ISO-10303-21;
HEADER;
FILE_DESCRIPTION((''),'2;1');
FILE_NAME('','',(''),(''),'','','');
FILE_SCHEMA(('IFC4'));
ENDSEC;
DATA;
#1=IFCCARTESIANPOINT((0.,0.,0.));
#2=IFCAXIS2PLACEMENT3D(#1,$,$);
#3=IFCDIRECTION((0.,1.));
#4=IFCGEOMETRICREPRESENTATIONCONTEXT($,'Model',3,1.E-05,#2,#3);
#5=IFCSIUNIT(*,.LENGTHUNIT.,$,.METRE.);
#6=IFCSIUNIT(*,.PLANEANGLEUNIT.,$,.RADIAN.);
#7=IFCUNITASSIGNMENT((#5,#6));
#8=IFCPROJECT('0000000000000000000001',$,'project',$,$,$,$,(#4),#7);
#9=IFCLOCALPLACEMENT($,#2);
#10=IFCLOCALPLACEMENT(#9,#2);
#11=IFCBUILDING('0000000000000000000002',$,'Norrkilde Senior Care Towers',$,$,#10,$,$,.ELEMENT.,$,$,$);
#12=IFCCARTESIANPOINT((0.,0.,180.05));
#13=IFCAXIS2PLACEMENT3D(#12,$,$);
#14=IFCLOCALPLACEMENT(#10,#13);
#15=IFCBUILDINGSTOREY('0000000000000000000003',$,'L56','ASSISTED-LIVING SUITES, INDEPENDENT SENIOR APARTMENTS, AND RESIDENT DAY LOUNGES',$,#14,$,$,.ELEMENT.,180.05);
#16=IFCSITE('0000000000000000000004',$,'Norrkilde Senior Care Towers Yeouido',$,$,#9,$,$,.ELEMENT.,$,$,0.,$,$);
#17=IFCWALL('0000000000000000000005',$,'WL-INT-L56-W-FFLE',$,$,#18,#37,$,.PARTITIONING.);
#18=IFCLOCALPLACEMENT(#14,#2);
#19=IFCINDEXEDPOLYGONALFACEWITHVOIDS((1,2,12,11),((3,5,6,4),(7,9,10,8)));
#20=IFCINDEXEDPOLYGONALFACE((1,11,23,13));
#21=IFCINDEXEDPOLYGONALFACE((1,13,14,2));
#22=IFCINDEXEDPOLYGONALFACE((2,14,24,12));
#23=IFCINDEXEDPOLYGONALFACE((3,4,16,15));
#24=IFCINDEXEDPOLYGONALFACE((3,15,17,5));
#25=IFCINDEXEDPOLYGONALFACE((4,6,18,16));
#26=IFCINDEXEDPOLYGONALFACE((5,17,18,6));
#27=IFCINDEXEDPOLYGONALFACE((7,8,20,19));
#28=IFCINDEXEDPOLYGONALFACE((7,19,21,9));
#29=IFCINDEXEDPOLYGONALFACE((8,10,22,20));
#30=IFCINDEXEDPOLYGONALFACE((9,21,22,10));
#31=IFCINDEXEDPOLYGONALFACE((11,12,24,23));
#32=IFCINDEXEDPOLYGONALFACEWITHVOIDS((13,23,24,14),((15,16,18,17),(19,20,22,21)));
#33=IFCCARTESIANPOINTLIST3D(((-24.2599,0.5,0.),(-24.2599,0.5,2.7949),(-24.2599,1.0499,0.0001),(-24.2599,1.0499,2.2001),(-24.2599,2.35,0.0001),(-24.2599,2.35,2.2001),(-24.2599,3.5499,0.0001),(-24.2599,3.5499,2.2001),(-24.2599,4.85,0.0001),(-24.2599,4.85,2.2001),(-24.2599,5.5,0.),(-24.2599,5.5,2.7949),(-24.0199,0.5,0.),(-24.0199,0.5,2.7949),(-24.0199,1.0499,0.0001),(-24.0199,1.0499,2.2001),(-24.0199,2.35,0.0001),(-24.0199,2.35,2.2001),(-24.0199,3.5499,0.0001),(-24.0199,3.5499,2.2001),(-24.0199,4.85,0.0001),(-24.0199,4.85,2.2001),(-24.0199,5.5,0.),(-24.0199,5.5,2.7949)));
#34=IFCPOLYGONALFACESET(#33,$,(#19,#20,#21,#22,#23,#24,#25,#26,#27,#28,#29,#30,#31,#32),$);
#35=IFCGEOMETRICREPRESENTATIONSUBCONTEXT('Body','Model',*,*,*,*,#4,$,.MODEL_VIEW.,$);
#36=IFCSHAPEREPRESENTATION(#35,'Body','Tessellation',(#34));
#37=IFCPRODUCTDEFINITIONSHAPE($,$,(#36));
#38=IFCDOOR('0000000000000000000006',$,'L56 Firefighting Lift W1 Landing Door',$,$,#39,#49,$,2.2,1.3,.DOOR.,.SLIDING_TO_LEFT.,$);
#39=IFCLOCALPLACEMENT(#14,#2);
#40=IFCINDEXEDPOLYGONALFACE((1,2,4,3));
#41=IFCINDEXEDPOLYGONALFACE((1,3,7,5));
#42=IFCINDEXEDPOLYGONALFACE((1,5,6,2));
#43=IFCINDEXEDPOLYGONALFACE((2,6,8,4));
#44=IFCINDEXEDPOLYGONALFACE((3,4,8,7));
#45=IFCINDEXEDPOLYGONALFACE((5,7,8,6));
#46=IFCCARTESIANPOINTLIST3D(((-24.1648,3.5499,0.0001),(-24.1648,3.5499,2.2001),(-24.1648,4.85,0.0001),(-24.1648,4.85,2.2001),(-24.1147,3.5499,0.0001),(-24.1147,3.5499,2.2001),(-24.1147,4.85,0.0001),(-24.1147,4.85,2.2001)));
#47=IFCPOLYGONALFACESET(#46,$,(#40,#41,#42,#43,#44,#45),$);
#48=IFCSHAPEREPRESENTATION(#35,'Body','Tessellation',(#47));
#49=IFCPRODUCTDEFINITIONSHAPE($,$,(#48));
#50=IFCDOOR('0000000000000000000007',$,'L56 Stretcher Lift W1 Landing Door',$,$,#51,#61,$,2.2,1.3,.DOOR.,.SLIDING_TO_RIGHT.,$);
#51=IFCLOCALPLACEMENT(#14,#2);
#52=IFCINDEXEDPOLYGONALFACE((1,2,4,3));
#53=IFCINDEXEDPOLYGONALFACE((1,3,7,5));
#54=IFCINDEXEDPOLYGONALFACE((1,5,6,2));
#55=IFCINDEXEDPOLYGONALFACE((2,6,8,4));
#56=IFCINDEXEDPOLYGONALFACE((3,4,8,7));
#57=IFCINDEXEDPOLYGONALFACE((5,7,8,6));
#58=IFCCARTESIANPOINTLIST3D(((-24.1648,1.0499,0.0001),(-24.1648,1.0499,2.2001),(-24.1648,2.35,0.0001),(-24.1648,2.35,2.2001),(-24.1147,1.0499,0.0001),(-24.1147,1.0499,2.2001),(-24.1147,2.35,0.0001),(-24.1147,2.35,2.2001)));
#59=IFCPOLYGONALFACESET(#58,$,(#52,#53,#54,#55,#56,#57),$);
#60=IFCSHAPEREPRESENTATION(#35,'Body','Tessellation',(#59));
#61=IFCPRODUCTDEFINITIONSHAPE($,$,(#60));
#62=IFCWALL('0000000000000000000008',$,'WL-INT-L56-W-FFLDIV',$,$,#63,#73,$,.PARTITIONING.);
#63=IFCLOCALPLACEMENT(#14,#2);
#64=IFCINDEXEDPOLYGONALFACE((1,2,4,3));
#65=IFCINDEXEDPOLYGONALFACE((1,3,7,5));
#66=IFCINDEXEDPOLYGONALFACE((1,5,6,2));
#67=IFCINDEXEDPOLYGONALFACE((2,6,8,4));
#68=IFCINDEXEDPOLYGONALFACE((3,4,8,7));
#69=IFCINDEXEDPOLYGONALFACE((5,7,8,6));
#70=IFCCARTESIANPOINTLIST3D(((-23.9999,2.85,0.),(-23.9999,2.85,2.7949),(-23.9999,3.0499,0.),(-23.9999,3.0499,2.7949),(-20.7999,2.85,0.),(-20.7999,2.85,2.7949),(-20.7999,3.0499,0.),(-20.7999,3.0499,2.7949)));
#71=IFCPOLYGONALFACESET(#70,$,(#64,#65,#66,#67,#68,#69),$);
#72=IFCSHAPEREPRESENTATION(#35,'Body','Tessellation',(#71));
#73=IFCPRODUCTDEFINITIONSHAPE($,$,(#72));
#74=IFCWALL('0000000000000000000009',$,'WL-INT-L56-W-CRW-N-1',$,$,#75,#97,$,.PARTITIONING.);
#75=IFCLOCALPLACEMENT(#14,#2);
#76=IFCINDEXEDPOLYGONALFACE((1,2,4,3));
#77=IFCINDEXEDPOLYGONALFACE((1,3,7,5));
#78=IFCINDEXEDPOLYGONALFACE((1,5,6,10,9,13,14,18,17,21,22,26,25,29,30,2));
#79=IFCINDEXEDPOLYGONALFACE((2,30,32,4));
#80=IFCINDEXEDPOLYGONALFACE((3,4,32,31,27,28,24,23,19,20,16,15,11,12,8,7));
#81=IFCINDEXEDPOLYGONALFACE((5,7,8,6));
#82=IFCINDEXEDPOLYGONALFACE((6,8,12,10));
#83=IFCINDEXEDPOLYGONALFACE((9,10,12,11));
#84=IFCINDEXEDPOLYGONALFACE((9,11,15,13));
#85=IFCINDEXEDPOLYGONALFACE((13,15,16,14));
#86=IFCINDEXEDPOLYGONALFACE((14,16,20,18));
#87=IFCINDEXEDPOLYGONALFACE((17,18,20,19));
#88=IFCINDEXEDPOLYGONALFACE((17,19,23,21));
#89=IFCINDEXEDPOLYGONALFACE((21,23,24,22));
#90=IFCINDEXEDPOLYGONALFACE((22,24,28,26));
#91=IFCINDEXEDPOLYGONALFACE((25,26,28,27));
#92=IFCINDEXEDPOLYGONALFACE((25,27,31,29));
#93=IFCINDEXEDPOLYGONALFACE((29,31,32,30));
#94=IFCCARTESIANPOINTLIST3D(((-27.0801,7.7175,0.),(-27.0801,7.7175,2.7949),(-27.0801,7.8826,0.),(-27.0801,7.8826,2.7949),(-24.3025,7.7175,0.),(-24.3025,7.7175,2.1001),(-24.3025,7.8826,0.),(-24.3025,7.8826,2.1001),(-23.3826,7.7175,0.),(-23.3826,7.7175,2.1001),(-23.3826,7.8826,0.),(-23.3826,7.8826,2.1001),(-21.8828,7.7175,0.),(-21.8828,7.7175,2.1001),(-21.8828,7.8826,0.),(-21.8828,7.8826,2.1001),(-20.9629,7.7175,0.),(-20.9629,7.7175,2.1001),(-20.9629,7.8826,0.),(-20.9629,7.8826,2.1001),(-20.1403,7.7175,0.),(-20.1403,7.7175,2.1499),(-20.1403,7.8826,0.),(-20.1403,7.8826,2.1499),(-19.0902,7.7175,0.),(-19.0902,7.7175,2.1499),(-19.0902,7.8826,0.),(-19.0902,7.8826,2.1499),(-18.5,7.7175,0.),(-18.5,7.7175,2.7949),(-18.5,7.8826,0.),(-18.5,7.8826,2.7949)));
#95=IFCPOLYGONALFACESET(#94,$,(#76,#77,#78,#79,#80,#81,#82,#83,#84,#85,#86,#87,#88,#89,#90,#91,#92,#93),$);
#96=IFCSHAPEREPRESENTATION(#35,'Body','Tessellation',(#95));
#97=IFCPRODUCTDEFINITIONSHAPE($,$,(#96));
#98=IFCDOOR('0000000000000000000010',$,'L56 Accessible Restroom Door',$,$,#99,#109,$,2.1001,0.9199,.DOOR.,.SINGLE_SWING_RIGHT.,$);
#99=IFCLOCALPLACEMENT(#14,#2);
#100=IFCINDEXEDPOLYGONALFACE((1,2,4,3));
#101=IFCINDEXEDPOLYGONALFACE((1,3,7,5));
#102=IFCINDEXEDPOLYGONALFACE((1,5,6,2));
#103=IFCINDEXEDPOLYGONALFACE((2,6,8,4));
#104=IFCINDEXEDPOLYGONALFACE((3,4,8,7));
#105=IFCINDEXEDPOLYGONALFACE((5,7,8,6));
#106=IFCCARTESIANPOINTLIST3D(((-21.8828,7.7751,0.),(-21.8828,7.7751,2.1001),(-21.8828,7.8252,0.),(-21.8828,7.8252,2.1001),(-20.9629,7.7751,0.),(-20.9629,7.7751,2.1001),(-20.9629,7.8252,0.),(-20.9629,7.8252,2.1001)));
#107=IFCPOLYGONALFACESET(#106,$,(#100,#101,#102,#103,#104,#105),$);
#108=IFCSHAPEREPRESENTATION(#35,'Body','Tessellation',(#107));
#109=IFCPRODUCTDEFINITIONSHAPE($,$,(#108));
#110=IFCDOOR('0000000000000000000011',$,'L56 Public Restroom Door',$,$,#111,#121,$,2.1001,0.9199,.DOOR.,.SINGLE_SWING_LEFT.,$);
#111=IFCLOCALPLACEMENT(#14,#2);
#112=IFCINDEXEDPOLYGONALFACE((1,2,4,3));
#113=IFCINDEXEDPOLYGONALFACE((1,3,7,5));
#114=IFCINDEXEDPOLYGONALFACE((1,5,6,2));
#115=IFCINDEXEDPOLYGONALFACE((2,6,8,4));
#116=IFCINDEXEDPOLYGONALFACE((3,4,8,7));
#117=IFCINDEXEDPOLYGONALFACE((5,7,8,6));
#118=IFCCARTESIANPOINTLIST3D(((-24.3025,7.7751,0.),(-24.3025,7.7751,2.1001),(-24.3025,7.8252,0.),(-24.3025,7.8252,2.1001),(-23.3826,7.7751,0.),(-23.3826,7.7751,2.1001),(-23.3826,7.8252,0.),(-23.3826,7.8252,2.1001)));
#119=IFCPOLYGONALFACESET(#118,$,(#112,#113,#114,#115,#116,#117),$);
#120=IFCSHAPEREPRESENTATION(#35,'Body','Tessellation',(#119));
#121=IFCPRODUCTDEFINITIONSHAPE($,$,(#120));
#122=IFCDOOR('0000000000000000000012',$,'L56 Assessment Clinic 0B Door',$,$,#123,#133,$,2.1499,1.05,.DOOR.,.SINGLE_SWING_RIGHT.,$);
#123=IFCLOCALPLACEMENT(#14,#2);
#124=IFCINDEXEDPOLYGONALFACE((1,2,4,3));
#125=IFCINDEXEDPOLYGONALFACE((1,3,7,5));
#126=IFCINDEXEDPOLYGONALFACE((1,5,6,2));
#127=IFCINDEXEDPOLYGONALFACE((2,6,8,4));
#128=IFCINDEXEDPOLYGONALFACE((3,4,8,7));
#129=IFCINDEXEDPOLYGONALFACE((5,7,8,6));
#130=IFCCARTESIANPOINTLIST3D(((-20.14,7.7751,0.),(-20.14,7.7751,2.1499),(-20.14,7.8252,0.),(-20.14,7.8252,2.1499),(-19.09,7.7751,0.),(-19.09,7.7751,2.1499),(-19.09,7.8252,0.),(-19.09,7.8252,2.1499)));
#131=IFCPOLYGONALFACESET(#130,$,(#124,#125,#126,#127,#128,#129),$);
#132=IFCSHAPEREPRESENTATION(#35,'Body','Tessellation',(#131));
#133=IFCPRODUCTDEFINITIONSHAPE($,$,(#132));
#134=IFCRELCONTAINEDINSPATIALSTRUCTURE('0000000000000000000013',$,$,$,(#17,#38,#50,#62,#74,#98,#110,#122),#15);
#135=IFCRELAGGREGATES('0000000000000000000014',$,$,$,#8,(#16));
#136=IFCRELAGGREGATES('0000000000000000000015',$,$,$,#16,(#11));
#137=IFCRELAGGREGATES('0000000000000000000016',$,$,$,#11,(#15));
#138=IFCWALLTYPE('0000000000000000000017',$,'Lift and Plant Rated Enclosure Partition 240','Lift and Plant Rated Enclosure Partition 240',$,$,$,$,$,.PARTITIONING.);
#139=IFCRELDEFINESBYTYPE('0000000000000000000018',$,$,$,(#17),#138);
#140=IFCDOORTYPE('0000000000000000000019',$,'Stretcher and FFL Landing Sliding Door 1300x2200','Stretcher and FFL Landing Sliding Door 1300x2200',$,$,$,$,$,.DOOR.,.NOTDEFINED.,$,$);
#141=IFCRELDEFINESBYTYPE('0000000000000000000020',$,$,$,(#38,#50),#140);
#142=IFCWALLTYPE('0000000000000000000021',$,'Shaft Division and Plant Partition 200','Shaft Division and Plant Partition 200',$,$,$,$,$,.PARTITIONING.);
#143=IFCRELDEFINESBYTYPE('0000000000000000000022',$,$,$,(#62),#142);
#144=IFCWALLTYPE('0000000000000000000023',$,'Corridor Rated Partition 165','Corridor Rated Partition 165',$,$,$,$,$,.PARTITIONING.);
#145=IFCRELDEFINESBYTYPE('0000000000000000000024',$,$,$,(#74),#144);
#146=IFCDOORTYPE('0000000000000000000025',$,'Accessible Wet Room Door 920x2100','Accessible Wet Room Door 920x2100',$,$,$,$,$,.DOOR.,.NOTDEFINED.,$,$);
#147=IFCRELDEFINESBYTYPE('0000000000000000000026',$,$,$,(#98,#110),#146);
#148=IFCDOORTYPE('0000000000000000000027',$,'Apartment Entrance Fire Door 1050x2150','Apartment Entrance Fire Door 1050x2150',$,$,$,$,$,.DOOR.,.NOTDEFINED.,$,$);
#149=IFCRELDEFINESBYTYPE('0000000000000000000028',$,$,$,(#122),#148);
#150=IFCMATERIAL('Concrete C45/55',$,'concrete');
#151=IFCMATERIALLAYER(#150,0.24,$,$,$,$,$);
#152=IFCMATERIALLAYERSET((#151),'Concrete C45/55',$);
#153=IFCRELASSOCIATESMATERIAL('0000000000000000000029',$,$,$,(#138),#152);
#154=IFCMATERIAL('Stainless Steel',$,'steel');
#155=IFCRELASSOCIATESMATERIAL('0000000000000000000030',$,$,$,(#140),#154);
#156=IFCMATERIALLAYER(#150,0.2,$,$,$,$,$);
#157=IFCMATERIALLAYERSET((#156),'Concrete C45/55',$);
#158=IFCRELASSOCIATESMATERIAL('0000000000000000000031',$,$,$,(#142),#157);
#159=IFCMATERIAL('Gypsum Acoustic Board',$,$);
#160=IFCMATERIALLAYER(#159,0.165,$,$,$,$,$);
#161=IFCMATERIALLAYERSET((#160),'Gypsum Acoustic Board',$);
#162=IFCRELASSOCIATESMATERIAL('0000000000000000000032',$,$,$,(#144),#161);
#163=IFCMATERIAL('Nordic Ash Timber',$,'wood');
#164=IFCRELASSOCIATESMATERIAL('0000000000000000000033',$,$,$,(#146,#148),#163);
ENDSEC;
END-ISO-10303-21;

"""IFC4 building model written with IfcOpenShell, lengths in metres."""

from ifc_helpers import new_model, si_unit, direction, frame, frame_2d, origin, place, context, subcontext, project, spatial, rectangle, extrude, source, transform, mapped, material, layer, layer_set, type_object, type_shapes, element, fill, save


model = new_model("IFC4")

# Units and contexts
model_context = context("Model", 3, precision=1e-05, world=origin(), true_north=direction((0.0, 1.0)))
body_context = subcontext(model_context, "Body", "Model", "MODEL_VIEW")
ifc_project = project(units=[si_unit("LENGTHUNIT", "METRE"), si_unit("PLANEANGLEUNIT", "RADIAN")], contexts=[model_context])

# Site, building, storey
site_placement = place(None, origin())
site = spatial("IfcSite", under=ifc_project, at=site_placement, Name="Norrkilde Senior Care Towers Yeouido", CompositionType="ELEMENT", RefElevation=0.0)
building_placement = place(site_placement, origin())
building = spatial("IfcBuilding", under=site, at=building_placement, Name="Norrkilde Senior Care Towers", CompositionType="ELEMENT")
storey_placement = place(building_placement, frame((0.0, 0.0, 180.05)))
storey = spatial("IfcBuildingStorey", under=building, at=storey_placement, Name="L56", Description="ASSISTED-LIVING SUITES, INDEPENDENT SENIOR APARTMENTS, AND RESIDENT DAY LOUNGES", CompositionType="ELEMENT", Elevation=180.05)

# Shared definitions
ifc_material_1 = material(Name="Concrete C45/55", Category="concrete")

# Wall, openings, doors
ifc_layer_1 = layer(ifc_material_1, 0.24)
ifc_layer_set_1 = layer_set([ifc_layer_1], Name="Concrete C45/55")
wall_type_1 = type_object("IfcWallType", Name="Lift and Plant Rated Enclosure Partition 240", Description="Lift and Plant Rated Enclosure Partition 240", PredefinedType="PARTITIONING", material=ifc_layer_set_1)
shared_shape_1 = source(origin(), body_context, "Body", "SweptSolid", [
    extrude(rectangle(XDim=5.0, YDim=0.24, at=frame_2d((2.5, 0.0))), origin(), (0.0, 0.0, 1.0), 2.7949),
])
type_shapes(wall_type_1, [shared_shape_1])
wall_1_placement = place(storey_placement, frame((-24.1399, 0.5, 0.0), z_axis=(0.0, 0.0, 1.0), x_axis=(0.0, 1.0, 0.0)))
wall_1 = element("IfcWall", 1, at=wall_1_placement, inside=storey, type_object=wall_type_1, Name="WL-INT-L56-W-FFLE", PredefinedType="PARTITIONING", context=body_context, shape_type="MappedRepresentation", body=[
    mapped(shared_shape_1, transform((0.0, 0.0, 0.0), x_axis=(1.0, 0.0, 0.0), y_axis=(0.0, 1.0, 0.0), z_axis=(0.0, 0.0, 1.0), scale=1.0)),
])
opening_1_placement = place(wall_1_placement, frame((3.05, 0.0, 0.0)))
opening_1 = element("IfcOpeningElement", 2, at=opening_1_placement, cuts=wall_1, PredefinedType="OPENING", context=body_context, shape_type="SweptSolid", body=[
    extrude(rectangle(XDim=1.3, YDim=2.2, at=frame_2d((0.6499, 1.1001))), frame((0.0, 0.1299, 0.0), z_axis=(0.0, -1.0, 0.0), x_axis=(1.0, 0.0, 0.0)), (0.0, 0.0, 1.0), 0.26),
])
opening_2_placement = place(wall_1_placement, frame((0.55, 0.0, 0.0)))
opening_2 = element("IfcOpeningElement", 3, at=opening_2_placement, cuts=wall_1, PredefinedType="OPENING", context=body_context, shape_type="SweptSolid", body=[
    extrude(rectangle(XDim=1.3, YDim=2.2, at=frame_2d((0.6499, 1.1001))), frame((0.0, 0.1299, 0.0), z_axis=(0.0, -1.0, 0.0), x_axis=(1.0, 0.0, 0.0)), (0.0, 0.0, 1.0), 0.26),
])
ifc_material_2 = material(Name="Stainless Steel", Category="steel")
door_type_1 = type_object("IfcDoorType", Name="Stretcher and FFL Landing Sliding Door 1300x2200", Description="Stretcher and FFL Landing Sliding Door 1300x2200", OperationType="NOTDEFINED", PredefinedType="DOOR", material=ifc_material_2)
shared_shape_2 = source(origin(), body_context, "Body", "SweptSolid", [
    extrude(rectangle(XDim=1.3, YDim=2.2, at=frame_2d((0.6499, 1.1001))), frame((0.0, 0.0249, 0.0), z_axis=(0.0, -1.0, 0.0), x_axis=(1.0, 0.0, 0.0)), (0.0, 0.0, 1.0), 0.05),
])
type_shapes(door_type_1, [shared_shape_2])
door_1_placement = place(opening_1_placement, origin())
door_1 = element("IfcDoor", 4, at=door_1_placement, inside=storey, type_object=door_type_1, Name="L56 Firefighting Lift W1 Landing Door", OperationType="SLIDING_TO_LEFT", OverallHeight=2.2, OverallWidth=1.3, PredefinedType="DOOR", context=body_context, shape_type="MappedRepresentation", body=[
    mapped(shared_shape_2, transform((0.0, 0.0, 0.0), x_axis=(1.0, 0.0, 0.0), y_axis=(0.0, 1.0, 0.0), z_axis=(0.0, 0.0, 1.0), scale=1.0)),
])
fill(opening_1, door_1)
door_2_placement = place(opening_2_placement, origin())
door_2 = element("IfcDoor", 5, at=door_2_placement, inside=storey, type_object=door_type_1, Name="L56 Stretcher Lift W1 Landing Door", OperationType="SLIDING_TO_RIGHT", OverallHeight=2.2, OverallWidth=1.3, PredefinedType="DOOR", context=body_context, shape_type="MappedRepresentation", body=[
    mapped(shared_shape_2, transform((0.0, 0.0, 0.0), x_axis=(1.0, 0.0, 0.0), y_axis=(0.0, 1.0, 0.0), z_axis=(0.0, 0.0, 1.0), scale=1.0)),
])
fill(opening_2, door_2)

# Wall
ifc_layer_2 = layer(ifc_material_1, 0.2)
ifc_layer_set_2 = layer_set([ifc_layer_2], Name="Concrete C45/55")
wall_type_2 = type_object("IfcWallType", Name="Shaft Division and Plant Partition 200", Description="Shaft Division and Plant Partition 200", PredefinedType="PARTITIONING", material=ifc_layer_set_2)
shared_shape_3 = source(origin(), body_context, "Body", "SweptSolid", [
    extrude(rectangle(XDim=3.2, YDim=0.2, at=frame_2d((1.6001, 0.0))), origin(), (0.0, 0.0, 1.0), 2.7949),
])
type_shapes(wall_type_2, [shared_shape_3])
wall_2_placement = place(storey_placement, frame((-24.0, 2.95, 0.0), z_axis=(0.0, 0.0, 1.0), x_axis=(1.0, 0.0, 0.0)))
element("IfcWall", 6, at=wall_2_placement, inside=storey, type_object=wall_type_2, Name="WL-INT-L56-W-FFLDIV", PredefinedType="PARTITIONING", context=body_context, shape_type="MappedRepresentation", body=[
    mapped(shared_shape_3, transform((0.0, 0.0, 0.0), x_axis=(1.0, 0.0, 0.0), y_axis=(0.0, 1.0, 0.0), z_axis=(0.0, 0.0, 1.0), scale=1.0)),
])

# Wall, openings, doors
ifc_material_3 = material(Name="Gypsum Acoustic Board")
ifc_layer_3 = layer(ifc_material_3, 0.165)
ifc_layer_set_3 = layer_set([ifc_layer_3], Name="Gypsum Acoustic Board")
wall_type_3 = type_object("IfcWallType", Name="Corridor Rated Partition 165", Description="Corridor Rated Partition 165", PredefinedType="PARTITIONING", material=ifc_layer_set_3)
shared_shape_4 = source(origin(), body_context, "Body", "SweptSolid", [
    extrude(rectangle(XDim=8.5801, YDim=0.165, at=frame_2d((4.29, 0.0))), origin(), (0.0, 0.0, 1.0), 2.7949),
])
wall_3_placement = place(storey_placement, frame((-27.0801, 7.8, 0.0), z_axis=(0.0, 0.0, 1.0), x_axis=(1.0, 0.0, 0.0)))
wall_3 = element("IfcWall", 7, at=wall_3_placement, inside=storey, type_object=wall_type_3, Name="WL-INT-L56-W-CRW-N-1", PredefinedType="PARTITIONING", context=body_context, shape_type="MappedRepresentation", body=[
    mapped(shared_shape_4, transform((0.0, 0.0, 0.0), x_axis=(1.0, 0.0, 0.0), y_axis=(0.0, 1.0, 0.0), z_axis=(0.0, 0.0, 1.0), scale=1.0)),
])
opening_3_placement = place(wall_3_placement, frame((6.9399, 0.0, 0.0)))
opening_3 = element("IfcOpeningElement", 8, at=opening_3_placement, cuts=wall_3, PredefinedType="OPENING", context=body_context, shape_type="SweptSolid", body=[
    extrude(rectangle(XDim=1.05, YDim=2.1499, at=frame_2d((0.5249, 1.075))), frame((0.0, 0.0925, 0.0), z_axis=(0.0, -1.0, 0.0), x_axis=(1.0, 0.0, 0.0)), (0.0, 0.0, 1.0), 0.1851),
])
opening_4_placement = place(wall_3_placement, frame((5.1973, 0.0, 0.0)))
opening_4 = element("IfcOpeningElement", 9, at=opening_4_placement, cuts=wall_3, PredefinedType="OPENING", context=body_context, shape_type="SweptSolid", body=[
    extrude(rectangle(XDim=0.9199, YDim=2.1001, at=frame_2d((0.46, 1.05))), frame((0.0, 0.0925, 0.0), z_axis=(0.0, -1.0, 0.0), x_axis=(1.0, 0.0, 0.0)), (0.0, 0.0, 1.0), 0.1851),
])
opening_5_placement = place(wall_3_placement, frame((2.7776, 0.0, 0.0)))
opening_5 = element("IfcOpeningElement", 10, at=opening_5_placement, cuts=wall_3, PredefinedType="OPENING", context=body_context, shape_type="SweptSolid", body=[
    extrude(rectangle(XDim=0.9199, YDim=2.1001, at=frame_2d((0.46, 1.05))), frame((0.0, 0.0925, 0.0), z_axis=(0.0, -1.0, 0.0), x_axis=(1.0, 0.0, 0.0)), (0.0, 0.0, 1.0), 0.1851),
])
ifc_material_4 = material(Name="Nordic Ash Timber", Category="wood")
door_type_2 = type_object("IfcDoorType", Name="Accessible Wet Room Door 920x2100", Description="Accessible Wet Room Door 920x2100", OperationType="NOTDEFINED", PredefinedType="DOOR", material=ifc_material_4)
shared_shape_5 = source(origin(), body_context, "Body", "SweptSolid", [
    extrude(rectangle(XDim=0.9199, YDim=2.1001, at=frame_2d((0.46, 1.05))), frame((0.0, 0.0249, 0.0), z_axis=(0.0, -1.0, 0.0), x_axis=(1.0, 0.0, 0.0)), (0.0, 0.0, 1.0), 0.05),
])
type_shapes(door_type_2, [shared_shape_5])
door_3_placement = place(opening_4_placement, frame((0.9199, 0.0, 0.0), z_axis=(0.0, 0.0, 1.0), x_axis=(-1.0, 0.0, 0.0)))
door_3 = element("IfcDoor", 11, at=door_3_placement, inside=storey, type_object=door_type_2, Name="L56 Accessible Restroom Door", OperationType="SINGLE_SWING_RIGHT", OverallHeight=2.1001, OverallWidth=0.9199, PredefinedType="DOOR", context=body_context, shape_type="MappedRepresentation", body=[
    mapped(shared_shape_5, transform((0.0, 0.0, 0.0), x_axis=(1.0, 0.0, 0.0), y_axis=(0.0, 1.0, 0.0), z_axis=(0.0, 0.0, 1.0), scale=1.0)),
])
fill(opening_4, door_3)
door_4_placement = place(opening_5_placement, frame((0.9199, 0.0, 0.0), z_axis=(0.0, 0.0, 1.0), x_axis=(-1.0, 0.0, 0.0)))
door_4 = element("IfcDoor", 12, at=door_4_placement, inside=storey, type_object=door_type_2, Name="L56 Public Restroom Door", OperationType="SINGLE_SWING_LEFT", OverallHeight=2.1001, OverallWidth=0.9199, PredefinedType="DOOR", context=body_context, shape_type="MappedRepresentation", body=[
    mapped(shared_shape_5, transform((0.0, 0.0, 0.0), x_axis=(1.0, 0.0, 0.0), y_axis=(0.0, 1.0, 0.0), z_axis=(0.0, 0.0, 1.0), scale=1.0)),
])
fill(opening_5, door_4)
door_type_3 = type_object("IfcDoorType", Name="Apartment Entrance Fire Door 1050x2150", Description="Apartment Entrance Fire Door 1050x2150", OperationType="NOTDEFINED", PredefinedType="DOOR", material=ifc_material_4)
shared_shape_6 = source(origin(), body_context, "Body", "SweptSolid", [
    extrude(rectangle(XDim=1.05, YDim=2.1499, at=frame_2d((0.5249, 1.075))), frame((0.0, 0.0249, 0.0), z_axis=(0.0, -1.0, 0.0), x_axis=(1.0, 0.0, 0.0)), (0.0, 0.0, 1.0), 0.05),
])
type_shapes(door_type_3, [shared_shape_6])
door_5_placement = place(opening_3_placement, frame((1.05, 0.0, 0.0), z_axis=(0.0, 0.0, 1.0), x_axis=(-1.0, 0.0, 0.0)))
door_5 = element("IfcDoor", 13, at=door_5_placement, inside=storey, type_object=door_type_3, Name="L56 Assessment Clinic 0B Door", OperationType="SINGLE_SWING_RIGHT", OverallHeight=2.1499, OverallWidth=1.05, PredefinedType="DOOR", context=body_context, shape_type="MappedRepresentation", body=[
    mapped(shared_shape_6, transform((0.0, 0.0, 0.0), x_axis=(1.0, 0.0, 0.0), y_axis=(0.0, 1.0, 0.0), z_axis=(0.0, 0.0, 1.0), scale=1.0)),
])
fill(opening_3, door_5)

save(model, "model.ifc")
